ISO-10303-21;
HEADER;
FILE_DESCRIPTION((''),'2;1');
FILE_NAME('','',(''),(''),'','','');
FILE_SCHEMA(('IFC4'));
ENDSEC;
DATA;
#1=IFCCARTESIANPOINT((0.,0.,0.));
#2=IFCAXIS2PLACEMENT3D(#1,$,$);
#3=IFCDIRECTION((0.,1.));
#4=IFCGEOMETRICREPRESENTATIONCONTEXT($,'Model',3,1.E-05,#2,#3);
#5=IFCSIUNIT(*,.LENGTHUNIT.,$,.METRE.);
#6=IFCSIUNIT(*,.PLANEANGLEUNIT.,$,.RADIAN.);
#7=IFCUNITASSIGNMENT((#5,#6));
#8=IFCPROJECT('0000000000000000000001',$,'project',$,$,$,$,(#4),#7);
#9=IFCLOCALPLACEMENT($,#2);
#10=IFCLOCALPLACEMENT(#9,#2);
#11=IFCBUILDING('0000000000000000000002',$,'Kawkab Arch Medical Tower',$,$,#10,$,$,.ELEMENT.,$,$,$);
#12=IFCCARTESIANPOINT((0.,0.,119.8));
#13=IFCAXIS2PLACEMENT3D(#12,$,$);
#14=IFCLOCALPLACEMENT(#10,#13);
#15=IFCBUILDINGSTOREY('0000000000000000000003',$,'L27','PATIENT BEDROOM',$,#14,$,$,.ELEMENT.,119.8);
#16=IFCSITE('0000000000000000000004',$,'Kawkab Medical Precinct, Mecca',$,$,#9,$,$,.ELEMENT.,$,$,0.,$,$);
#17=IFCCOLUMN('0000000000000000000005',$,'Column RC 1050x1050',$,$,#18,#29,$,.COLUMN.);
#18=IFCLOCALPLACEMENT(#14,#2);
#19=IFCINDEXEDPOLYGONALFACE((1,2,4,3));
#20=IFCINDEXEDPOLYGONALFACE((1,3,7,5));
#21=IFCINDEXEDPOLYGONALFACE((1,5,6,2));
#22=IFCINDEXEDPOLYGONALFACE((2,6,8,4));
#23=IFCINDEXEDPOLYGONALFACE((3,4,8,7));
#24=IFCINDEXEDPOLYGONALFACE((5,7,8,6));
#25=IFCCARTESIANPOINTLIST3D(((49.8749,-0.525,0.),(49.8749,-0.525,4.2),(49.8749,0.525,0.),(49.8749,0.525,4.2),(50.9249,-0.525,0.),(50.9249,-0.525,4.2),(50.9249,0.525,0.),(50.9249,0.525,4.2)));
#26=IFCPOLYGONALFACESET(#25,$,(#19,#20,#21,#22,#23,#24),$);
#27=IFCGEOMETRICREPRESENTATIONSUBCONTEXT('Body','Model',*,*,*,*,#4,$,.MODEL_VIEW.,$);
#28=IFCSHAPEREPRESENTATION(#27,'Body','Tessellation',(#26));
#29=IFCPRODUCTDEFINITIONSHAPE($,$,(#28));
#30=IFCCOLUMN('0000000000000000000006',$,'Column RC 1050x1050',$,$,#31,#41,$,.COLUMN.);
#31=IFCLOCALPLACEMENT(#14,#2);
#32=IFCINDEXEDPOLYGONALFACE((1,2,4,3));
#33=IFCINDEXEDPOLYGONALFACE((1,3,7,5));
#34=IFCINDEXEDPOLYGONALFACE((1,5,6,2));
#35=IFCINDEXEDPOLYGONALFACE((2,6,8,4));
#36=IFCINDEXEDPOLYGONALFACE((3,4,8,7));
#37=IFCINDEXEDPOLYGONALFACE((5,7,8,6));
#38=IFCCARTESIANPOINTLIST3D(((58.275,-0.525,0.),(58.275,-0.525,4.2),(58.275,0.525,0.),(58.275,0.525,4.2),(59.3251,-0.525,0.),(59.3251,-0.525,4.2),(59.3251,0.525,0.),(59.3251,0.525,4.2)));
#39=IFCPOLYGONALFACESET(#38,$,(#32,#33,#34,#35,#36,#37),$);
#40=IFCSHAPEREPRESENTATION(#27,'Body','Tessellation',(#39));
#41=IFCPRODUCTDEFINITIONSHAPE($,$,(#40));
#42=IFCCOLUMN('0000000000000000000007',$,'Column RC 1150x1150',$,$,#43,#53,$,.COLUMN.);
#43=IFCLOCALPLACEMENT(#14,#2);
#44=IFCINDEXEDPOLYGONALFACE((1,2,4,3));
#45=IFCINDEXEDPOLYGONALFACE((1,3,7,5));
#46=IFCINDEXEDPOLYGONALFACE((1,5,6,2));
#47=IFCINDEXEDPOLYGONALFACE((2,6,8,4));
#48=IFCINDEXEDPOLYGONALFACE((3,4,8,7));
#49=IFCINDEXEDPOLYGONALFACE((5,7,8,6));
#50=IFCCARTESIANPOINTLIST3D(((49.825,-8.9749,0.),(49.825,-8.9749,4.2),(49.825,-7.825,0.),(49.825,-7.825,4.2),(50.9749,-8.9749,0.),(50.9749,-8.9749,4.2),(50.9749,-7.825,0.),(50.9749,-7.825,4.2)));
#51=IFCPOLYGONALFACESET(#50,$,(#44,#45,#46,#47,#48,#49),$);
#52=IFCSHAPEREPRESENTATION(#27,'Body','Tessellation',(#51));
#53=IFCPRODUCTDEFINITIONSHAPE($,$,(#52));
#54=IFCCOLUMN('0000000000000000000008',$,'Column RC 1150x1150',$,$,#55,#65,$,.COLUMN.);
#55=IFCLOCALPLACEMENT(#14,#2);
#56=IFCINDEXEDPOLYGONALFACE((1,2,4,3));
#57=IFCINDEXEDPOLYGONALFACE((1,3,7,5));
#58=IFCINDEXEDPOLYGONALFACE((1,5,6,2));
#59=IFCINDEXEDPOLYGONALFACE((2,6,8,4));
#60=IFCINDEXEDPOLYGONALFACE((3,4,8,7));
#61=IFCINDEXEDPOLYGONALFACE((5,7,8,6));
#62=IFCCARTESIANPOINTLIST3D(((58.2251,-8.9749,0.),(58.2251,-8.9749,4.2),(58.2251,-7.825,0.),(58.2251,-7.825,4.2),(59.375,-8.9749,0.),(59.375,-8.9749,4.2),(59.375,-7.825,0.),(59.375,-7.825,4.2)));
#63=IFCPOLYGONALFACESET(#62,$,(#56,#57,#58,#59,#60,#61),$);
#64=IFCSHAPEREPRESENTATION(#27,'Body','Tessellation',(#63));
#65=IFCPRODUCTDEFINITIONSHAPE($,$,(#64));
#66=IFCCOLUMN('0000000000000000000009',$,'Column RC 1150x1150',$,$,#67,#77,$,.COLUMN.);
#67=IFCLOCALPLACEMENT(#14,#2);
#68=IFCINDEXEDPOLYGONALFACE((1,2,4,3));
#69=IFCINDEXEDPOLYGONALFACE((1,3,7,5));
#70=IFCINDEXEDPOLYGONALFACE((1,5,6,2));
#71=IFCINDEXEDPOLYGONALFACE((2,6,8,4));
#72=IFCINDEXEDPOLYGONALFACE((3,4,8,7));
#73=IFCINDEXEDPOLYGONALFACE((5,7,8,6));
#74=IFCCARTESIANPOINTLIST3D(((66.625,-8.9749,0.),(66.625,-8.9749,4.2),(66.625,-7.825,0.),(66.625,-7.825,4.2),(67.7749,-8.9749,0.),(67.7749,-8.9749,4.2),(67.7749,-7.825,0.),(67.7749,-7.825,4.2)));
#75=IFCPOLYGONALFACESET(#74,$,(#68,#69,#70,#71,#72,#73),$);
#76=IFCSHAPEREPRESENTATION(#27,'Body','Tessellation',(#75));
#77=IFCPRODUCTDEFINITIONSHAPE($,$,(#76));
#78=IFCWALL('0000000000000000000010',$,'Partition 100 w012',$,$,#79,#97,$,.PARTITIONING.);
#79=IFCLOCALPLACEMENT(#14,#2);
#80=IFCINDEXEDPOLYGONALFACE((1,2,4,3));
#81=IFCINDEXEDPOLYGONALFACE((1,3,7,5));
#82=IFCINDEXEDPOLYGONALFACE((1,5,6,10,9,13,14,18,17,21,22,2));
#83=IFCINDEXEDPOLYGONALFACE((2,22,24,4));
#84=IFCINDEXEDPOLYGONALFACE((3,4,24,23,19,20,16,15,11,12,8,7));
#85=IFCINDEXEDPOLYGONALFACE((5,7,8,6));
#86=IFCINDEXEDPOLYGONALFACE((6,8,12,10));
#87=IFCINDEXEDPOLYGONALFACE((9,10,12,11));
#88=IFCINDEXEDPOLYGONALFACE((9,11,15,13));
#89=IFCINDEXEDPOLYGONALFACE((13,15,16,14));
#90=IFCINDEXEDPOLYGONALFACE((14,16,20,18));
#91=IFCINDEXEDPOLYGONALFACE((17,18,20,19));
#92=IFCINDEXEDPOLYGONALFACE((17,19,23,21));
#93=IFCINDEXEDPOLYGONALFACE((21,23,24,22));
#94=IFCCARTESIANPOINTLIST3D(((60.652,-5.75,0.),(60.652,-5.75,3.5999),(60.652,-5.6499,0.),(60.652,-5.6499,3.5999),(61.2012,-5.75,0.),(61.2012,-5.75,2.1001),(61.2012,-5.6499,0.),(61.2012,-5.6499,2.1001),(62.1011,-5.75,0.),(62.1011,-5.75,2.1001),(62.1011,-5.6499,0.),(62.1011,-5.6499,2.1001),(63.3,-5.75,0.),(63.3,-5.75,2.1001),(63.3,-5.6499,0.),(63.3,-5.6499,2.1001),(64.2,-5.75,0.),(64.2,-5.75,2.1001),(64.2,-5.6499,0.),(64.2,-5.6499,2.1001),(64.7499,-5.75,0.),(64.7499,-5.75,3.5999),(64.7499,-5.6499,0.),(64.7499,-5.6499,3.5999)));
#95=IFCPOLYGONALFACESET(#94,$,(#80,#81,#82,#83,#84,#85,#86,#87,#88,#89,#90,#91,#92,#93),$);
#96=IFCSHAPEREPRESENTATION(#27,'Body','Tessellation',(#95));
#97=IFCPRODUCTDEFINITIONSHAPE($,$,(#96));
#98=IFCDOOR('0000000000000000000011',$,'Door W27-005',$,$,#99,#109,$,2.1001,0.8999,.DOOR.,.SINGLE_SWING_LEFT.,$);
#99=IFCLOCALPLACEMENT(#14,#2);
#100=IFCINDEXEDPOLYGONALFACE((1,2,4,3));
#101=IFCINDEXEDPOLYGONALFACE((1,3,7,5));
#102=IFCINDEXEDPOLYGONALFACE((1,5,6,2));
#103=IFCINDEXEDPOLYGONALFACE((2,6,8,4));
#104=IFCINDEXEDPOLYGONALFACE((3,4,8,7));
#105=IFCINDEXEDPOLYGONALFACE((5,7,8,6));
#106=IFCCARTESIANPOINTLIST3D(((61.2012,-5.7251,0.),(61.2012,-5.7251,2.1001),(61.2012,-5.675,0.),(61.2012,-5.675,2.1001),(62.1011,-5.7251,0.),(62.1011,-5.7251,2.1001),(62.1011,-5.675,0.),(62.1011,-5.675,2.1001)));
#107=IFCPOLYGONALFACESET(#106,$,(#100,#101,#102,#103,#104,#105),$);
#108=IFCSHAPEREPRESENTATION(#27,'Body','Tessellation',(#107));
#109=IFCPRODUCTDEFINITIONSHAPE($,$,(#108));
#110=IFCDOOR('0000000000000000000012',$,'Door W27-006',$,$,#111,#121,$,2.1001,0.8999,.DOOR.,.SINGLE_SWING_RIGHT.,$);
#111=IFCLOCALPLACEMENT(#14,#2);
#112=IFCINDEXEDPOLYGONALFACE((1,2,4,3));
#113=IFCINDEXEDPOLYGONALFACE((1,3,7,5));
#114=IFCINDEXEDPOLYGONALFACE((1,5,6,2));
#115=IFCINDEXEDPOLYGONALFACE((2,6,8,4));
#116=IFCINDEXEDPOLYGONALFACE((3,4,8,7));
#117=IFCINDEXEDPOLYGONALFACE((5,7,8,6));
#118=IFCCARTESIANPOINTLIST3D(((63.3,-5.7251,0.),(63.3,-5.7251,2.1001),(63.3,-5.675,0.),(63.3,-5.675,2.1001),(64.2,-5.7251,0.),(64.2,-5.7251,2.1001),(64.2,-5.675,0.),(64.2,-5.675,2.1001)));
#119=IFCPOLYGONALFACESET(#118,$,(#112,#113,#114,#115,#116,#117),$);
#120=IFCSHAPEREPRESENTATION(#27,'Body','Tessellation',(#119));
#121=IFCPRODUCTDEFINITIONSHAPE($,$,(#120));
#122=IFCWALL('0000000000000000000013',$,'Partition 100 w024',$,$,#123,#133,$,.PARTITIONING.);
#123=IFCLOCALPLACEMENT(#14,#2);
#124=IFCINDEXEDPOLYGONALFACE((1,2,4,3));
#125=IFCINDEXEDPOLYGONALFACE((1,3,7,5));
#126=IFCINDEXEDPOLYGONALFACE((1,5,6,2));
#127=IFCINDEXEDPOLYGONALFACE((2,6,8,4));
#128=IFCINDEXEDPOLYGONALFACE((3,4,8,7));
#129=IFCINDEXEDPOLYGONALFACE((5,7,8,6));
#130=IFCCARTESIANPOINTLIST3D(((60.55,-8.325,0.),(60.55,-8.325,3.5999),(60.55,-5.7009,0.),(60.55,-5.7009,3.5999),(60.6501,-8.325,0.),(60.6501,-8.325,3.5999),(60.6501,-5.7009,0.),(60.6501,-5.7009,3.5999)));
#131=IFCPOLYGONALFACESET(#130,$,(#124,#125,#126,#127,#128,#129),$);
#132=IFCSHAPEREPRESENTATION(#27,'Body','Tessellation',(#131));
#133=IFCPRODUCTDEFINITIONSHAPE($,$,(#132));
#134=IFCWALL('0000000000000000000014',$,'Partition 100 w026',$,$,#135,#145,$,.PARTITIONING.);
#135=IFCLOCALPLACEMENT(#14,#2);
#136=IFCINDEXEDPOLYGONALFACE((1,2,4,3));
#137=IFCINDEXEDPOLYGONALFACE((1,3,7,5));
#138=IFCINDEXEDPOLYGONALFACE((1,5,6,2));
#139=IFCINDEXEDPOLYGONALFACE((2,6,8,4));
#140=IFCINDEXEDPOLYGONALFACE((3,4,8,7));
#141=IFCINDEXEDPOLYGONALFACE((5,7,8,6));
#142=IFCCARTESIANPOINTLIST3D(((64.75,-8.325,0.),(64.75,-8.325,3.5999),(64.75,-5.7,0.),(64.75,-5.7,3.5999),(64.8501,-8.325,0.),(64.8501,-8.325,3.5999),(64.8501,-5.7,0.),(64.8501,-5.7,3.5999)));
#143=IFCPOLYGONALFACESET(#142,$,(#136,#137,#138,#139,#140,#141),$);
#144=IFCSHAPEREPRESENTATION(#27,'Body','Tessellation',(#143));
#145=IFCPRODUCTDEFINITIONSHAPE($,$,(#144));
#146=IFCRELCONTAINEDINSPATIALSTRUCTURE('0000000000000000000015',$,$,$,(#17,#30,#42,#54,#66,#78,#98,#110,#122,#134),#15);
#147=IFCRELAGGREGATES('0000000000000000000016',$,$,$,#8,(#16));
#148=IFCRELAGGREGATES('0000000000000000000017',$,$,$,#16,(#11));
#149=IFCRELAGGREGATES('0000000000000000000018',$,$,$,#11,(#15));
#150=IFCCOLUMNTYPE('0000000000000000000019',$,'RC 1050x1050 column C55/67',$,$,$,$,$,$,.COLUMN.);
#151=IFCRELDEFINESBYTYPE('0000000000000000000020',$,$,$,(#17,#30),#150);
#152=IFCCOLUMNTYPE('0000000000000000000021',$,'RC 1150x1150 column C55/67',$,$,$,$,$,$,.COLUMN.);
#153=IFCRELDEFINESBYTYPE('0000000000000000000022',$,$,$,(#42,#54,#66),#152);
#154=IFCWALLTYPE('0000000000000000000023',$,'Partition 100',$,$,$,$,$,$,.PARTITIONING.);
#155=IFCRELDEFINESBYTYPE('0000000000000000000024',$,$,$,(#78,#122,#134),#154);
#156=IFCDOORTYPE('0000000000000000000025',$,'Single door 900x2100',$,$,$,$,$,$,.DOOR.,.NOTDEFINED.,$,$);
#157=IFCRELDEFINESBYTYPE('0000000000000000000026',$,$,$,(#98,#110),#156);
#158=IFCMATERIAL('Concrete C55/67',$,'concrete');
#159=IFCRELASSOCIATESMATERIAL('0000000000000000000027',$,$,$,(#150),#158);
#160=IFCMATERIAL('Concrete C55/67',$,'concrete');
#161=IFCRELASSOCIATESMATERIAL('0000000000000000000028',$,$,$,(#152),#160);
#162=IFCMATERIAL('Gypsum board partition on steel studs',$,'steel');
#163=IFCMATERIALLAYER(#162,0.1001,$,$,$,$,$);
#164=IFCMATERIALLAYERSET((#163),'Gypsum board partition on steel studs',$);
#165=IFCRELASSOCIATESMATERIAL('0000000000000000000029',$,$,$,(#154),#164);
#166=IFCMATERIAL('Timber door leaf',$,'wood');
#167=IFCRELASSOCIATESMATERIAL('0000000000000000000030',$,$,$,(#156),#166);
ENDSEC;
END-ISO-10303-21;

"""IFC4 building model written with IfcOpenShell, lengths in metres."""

from ifc_helpers import new_model, si_unit, direction, frame, frame_2d, origin, origin_2d, place, context, subcontext, project, spatial, rectangle, extrude, material, layer, layer_set, material_profile, profile_set, type_object, element, fill, save


model = new_model("IFC4")

# Units and contexts
model_context = context("Model", 3, precision=1e-05, world=origin(), true_north=direction((0.0, 1.0)))
body_context = subcontext(model_context, "Body", "Model", "MODEL_VIEW")
ifc_project = project(units=[si_unit("LENGTHUNIT", "METRE"), si_unit("PLANEANGLEUNIT", "RADIAN")], contexts=[model_context])

# Site, building, storey
site_placement = place(None, origin())
site = spatial("IfcSite", under=ifc_project, at=site_placement, Name="Kawkab Medical Precinct, Mecca", CompositionType="ELEMENT", RefElevation=0.0)
building_placement = place(site_placement, origin())
building = spatial("IfcBuilding", under=site, at=building_placement, Name="Kawkab Arch Medical Tower", CompositionType="ELEMENT")
storey_placement = place(building_placement, frame((0.0, 0.0, 119.8)))
storey = spatial("IfcBuildingStorey", under=building, at=storey_placement, Name="L27", Description="PATIENT BEDROOM", CompositionType="ELEMENT", Elevation=119.8)

# Columns
ifc_material_1 = material(Name="Concrete C55/67", Category="concrete")
ifc_material_profile_1 = material_profile(ifc_material_1, rectangle(XDim=1.05, YDim=1.05, at=origin_2d()), Name="RC 1050x1050")
ifc_profile_set_1 = profile_set([ifc_material_profile_1], Name="Concrete C55/67")
column_type_1 = type_object("IfcColumnType", Name="RC 1050x1050 column C55/67", PredefinedType="COLUMN", material=ifc_profile_set_1)
for number, where, z_axis, x_axis, name in (
    (1, (50.3999, 0.0, 0.0), (0.0, 0.0, 1.0), (1.0, 0.0, 0.0), "Column RC 1050x1050"),
    (2, (58.8, 0.0, 0.0), (0.0, 0.0, 1.0), (1.0, 0.0, 0.0), "Column RC 1050x1050"),
):
    element("IfcColumn", number, at=place(storey_placement, frame(where, z_axis=z_axis, x_axis=x_axis)), inside=storey, type_object=column_type_1, Name=name, PredefinedType="COLUMN", context=body_context, shape_type="SweptSolid", body=[
        extrude(rectangle(XDim=1.05, YDim=1.05, at=origin_2d()), origin(), (0.0, 0.0, 1.0), 4.2),
    ])
ifc_material_2 = material(Name="Concrete C55/67", Category="concrete")
ifc_material_profile_2 = material_profile(ifc_material_2, rectangle(XDim=1.1499, YDim=1.1499, at=origin_2d()), Name="RC 1150x1150")
ifc_profile_set_2 = profile_set([ifc_material_profile_2], Name="Concrete C55/67")
column_type_2 = type_object("IfcColumnType", Name="RC 1150x1150 column C55/67", PredefinedType="COLUMN", material=ifc_profile_set_2)
for number, where, z_axis, x_axis, name in (
    (3, (50.3999, -8.3999, 0.0), (0.0, 0.0, 1.0), (1.0, 0.0, 0.0), "Column RC 1150x1150"),
    (4, (58.8, -8.3999, 0.0), (0.0, 0.0, 1.0), (1.0, 0.0, 0.0), "Column RC 1150x1150"),
    (5, (67.2, -8.3999, 0.0), (0.0, 0.0, 1.0), (1.0, 0.0, 0.0), "Column RC 1150x1150"),
):
    element("IfcColumn", number, at=place(storey_placement, frame(where, z_axis=z_axis, x_axis=x_axis)), inside=storey, type_object=column_type_2, Name=name, PredefinedType="COLUMN", context=body_context, shape_type="SweptSolid", body=[
        extrude(rectangle(XDim=1.1499, YDim=1.1499, at=origin_2d()), origin(), (0.0, 0.0, 1.0), 4.2),
    ])

# Wall, openings, doors
ifc_material_3 = material(Name="Gypsum board partition on steel studs", Category="steel")
ifc_layer_1 = layer(ifc_material_3, 0.1001)
ifc_layer_set_1 = layer_set([ifc_layer_1], Name="Gypsum board partition on steel studs")
wall_type_1 = type_object("IfcWallType", Name="Partition 100", PredefinedType="PARTITIONING", material=ifc_layer_set_1)
wall_1_placement = place(storey_placement, frame((60.6521, -5.7, 0.0), z_axis=(0.0, 0.0, 1.0), x_axis=(1.0, 0.0, 0.0)))
wall_1 = element("IfcWall", 6, at=wall_1_placement, inside=storey, type_object=wall_type_1, Name="Partition 100 w012", PredefinedType="PARTITIONING", context=body_context, shape_type="SweptSolid", body=[
    extrude(rectangle(XDim=4.0979, YDim=0.1001, at=frame_2d((2.0488, 0.0))), origin(), (0.0, 0.0, 1.0), 3.5999),
])
opening_1_placement = place(wall_1_placement, frame((0.5491, 0.0, 0.0)))
opening_1 = element("IfcOpeningElement", 7, at=opening_1_placement, cuts=wall_1, PredefinedType="OPENING", context=body_context, shape_type="SweptSolid", body=[
    extrude(rectangle(XDim=0.8999, YDim=2.1001, at=frame_2d((0.45, 1.05))), frame((0.0, 0.0601, 0.0), z_axis=(0.0, -1.0, 0.0), x_axis=(1.0, 0.0, 0.0)), (0.0, 0.0, 1.0), 0.1201),
])
opening_2_placement = place(wall_1_placement, frame((2.6479, 0.0, 0.0)))
opening_2 = element("IfcOpeningElement", 8, at=opening_2_placement, cuts=wall_1, PredefinedType="OPENING", context=body_context, shape_type="SweptSolid", body=[
    extrude(rectangle(XDim=0.8999, YDim=2.1001, at=frame_2d((0.45, 1.05))), frame((0.0, 0.0601, 0.0), z_axis=(0.0, -1.0, 0.0), x_axis=(1.0, 0.0, 0.0)), (0.0, 0.0, 1.0), 0.1201),
])
ifc_material_4 = material(Name="Timber door leaf", Category="wood")
door_type_1 = type_object("IfcDoorType", Name="Single door 900x2100", OperationType="NOTDEFINED", PredefinedType="DOOR", material=ifc_material_4)
door_1_placement = place(opening_1_placement, origin())
door_1 = element("IfcDoor", 9, at=door_1_placement, inside=storey, type_object=door_type_1, Name="Door W27-005", OperationType="SINGLE_SWING_LEFT", OverallHeight=2.1001, OverallWidth=0.8999, PredefinedType="DOOR", context=body_context, shape_type="SweptSolid", body=[
    extrude(rectangle(XDim=0.8999, YDim=2.1001, at=frame_2d((0.45, 1.05))), frame((0.0, 0.0249, 0.0), z_axis=(0.0, -1.0, 0.0), x_axis=(1.0, 0.0, 0.0)), (0.0, 0.0, 1.0), 0.05),
])
fill(opening_1, door_1)
door_2_placement = place(opening_2_placement, origin())
door_2 = element("IfcDoor", 10, at=door_2_placement, inside=storey, type_object=door_type_1, Name="Door W27-006", OperationType="SINGLE_SWING_RIGHT", OverallHeight=2.1001, OverallWidth=0.8999, PredefinedType="DOOR", context=body_context, shape_type="SweptSolid", body=[
    extrude(rectangle(XDim=0.8999, YDim=2.1001, at=frame_2d((0.45, 1.05))), frame((0.0, 0.0249, 0.0), z_axis=(0.0, -1.0, 0.0), x_axis=(1.0, 0.0, 0.0)), (0.0, 0.0, 1.0), 0.05),
])
fill(opening_2, door_2)

# Walls
wall_2_placement = place(storey_placement, frame((60.6001, -8.325, 0.0), z_axis=(0.0, 0.0, 1.0), x_axis=(0.0, 1.0, 0.0)))
element("IfcWall", 11, at=wall_2_placement, inside=storey, type_object=wall_type_1, Name="Partition 100 w024", PredefinedType="PARTITIONING", context=body_context, shape_type="SweptSolid", body=[
    extrude(rectangle(XDim=2.624, YDim=0.1001, at=frame_2d((1.312, 0.0))), origin(), (0.0, 0.0, 1.0), 3.5999),
])
wall_3_placement = place(storey_placement, frame((64.8, -8.325, 0.0), z_axis=(0.0, 0.0, 1.0), x_axis=(0.0, 1.0, 0.0)))
element("IfcWall", 12, at=wall_3_placement, inside=storey, type_object=wall_type_1, Name="Partition 100 w026", PredefinedType="PARTITIONING", context=body_context, shape_type="SweptSolid", body=[
    extrude(rectangle(XDim=2.625, YDim=0.1001, at=frame_2d((1.3125, 0.0))), origin(), (0.0, 0.0, 1.0), 3.5999),
])

save(model, "model.ifc")
